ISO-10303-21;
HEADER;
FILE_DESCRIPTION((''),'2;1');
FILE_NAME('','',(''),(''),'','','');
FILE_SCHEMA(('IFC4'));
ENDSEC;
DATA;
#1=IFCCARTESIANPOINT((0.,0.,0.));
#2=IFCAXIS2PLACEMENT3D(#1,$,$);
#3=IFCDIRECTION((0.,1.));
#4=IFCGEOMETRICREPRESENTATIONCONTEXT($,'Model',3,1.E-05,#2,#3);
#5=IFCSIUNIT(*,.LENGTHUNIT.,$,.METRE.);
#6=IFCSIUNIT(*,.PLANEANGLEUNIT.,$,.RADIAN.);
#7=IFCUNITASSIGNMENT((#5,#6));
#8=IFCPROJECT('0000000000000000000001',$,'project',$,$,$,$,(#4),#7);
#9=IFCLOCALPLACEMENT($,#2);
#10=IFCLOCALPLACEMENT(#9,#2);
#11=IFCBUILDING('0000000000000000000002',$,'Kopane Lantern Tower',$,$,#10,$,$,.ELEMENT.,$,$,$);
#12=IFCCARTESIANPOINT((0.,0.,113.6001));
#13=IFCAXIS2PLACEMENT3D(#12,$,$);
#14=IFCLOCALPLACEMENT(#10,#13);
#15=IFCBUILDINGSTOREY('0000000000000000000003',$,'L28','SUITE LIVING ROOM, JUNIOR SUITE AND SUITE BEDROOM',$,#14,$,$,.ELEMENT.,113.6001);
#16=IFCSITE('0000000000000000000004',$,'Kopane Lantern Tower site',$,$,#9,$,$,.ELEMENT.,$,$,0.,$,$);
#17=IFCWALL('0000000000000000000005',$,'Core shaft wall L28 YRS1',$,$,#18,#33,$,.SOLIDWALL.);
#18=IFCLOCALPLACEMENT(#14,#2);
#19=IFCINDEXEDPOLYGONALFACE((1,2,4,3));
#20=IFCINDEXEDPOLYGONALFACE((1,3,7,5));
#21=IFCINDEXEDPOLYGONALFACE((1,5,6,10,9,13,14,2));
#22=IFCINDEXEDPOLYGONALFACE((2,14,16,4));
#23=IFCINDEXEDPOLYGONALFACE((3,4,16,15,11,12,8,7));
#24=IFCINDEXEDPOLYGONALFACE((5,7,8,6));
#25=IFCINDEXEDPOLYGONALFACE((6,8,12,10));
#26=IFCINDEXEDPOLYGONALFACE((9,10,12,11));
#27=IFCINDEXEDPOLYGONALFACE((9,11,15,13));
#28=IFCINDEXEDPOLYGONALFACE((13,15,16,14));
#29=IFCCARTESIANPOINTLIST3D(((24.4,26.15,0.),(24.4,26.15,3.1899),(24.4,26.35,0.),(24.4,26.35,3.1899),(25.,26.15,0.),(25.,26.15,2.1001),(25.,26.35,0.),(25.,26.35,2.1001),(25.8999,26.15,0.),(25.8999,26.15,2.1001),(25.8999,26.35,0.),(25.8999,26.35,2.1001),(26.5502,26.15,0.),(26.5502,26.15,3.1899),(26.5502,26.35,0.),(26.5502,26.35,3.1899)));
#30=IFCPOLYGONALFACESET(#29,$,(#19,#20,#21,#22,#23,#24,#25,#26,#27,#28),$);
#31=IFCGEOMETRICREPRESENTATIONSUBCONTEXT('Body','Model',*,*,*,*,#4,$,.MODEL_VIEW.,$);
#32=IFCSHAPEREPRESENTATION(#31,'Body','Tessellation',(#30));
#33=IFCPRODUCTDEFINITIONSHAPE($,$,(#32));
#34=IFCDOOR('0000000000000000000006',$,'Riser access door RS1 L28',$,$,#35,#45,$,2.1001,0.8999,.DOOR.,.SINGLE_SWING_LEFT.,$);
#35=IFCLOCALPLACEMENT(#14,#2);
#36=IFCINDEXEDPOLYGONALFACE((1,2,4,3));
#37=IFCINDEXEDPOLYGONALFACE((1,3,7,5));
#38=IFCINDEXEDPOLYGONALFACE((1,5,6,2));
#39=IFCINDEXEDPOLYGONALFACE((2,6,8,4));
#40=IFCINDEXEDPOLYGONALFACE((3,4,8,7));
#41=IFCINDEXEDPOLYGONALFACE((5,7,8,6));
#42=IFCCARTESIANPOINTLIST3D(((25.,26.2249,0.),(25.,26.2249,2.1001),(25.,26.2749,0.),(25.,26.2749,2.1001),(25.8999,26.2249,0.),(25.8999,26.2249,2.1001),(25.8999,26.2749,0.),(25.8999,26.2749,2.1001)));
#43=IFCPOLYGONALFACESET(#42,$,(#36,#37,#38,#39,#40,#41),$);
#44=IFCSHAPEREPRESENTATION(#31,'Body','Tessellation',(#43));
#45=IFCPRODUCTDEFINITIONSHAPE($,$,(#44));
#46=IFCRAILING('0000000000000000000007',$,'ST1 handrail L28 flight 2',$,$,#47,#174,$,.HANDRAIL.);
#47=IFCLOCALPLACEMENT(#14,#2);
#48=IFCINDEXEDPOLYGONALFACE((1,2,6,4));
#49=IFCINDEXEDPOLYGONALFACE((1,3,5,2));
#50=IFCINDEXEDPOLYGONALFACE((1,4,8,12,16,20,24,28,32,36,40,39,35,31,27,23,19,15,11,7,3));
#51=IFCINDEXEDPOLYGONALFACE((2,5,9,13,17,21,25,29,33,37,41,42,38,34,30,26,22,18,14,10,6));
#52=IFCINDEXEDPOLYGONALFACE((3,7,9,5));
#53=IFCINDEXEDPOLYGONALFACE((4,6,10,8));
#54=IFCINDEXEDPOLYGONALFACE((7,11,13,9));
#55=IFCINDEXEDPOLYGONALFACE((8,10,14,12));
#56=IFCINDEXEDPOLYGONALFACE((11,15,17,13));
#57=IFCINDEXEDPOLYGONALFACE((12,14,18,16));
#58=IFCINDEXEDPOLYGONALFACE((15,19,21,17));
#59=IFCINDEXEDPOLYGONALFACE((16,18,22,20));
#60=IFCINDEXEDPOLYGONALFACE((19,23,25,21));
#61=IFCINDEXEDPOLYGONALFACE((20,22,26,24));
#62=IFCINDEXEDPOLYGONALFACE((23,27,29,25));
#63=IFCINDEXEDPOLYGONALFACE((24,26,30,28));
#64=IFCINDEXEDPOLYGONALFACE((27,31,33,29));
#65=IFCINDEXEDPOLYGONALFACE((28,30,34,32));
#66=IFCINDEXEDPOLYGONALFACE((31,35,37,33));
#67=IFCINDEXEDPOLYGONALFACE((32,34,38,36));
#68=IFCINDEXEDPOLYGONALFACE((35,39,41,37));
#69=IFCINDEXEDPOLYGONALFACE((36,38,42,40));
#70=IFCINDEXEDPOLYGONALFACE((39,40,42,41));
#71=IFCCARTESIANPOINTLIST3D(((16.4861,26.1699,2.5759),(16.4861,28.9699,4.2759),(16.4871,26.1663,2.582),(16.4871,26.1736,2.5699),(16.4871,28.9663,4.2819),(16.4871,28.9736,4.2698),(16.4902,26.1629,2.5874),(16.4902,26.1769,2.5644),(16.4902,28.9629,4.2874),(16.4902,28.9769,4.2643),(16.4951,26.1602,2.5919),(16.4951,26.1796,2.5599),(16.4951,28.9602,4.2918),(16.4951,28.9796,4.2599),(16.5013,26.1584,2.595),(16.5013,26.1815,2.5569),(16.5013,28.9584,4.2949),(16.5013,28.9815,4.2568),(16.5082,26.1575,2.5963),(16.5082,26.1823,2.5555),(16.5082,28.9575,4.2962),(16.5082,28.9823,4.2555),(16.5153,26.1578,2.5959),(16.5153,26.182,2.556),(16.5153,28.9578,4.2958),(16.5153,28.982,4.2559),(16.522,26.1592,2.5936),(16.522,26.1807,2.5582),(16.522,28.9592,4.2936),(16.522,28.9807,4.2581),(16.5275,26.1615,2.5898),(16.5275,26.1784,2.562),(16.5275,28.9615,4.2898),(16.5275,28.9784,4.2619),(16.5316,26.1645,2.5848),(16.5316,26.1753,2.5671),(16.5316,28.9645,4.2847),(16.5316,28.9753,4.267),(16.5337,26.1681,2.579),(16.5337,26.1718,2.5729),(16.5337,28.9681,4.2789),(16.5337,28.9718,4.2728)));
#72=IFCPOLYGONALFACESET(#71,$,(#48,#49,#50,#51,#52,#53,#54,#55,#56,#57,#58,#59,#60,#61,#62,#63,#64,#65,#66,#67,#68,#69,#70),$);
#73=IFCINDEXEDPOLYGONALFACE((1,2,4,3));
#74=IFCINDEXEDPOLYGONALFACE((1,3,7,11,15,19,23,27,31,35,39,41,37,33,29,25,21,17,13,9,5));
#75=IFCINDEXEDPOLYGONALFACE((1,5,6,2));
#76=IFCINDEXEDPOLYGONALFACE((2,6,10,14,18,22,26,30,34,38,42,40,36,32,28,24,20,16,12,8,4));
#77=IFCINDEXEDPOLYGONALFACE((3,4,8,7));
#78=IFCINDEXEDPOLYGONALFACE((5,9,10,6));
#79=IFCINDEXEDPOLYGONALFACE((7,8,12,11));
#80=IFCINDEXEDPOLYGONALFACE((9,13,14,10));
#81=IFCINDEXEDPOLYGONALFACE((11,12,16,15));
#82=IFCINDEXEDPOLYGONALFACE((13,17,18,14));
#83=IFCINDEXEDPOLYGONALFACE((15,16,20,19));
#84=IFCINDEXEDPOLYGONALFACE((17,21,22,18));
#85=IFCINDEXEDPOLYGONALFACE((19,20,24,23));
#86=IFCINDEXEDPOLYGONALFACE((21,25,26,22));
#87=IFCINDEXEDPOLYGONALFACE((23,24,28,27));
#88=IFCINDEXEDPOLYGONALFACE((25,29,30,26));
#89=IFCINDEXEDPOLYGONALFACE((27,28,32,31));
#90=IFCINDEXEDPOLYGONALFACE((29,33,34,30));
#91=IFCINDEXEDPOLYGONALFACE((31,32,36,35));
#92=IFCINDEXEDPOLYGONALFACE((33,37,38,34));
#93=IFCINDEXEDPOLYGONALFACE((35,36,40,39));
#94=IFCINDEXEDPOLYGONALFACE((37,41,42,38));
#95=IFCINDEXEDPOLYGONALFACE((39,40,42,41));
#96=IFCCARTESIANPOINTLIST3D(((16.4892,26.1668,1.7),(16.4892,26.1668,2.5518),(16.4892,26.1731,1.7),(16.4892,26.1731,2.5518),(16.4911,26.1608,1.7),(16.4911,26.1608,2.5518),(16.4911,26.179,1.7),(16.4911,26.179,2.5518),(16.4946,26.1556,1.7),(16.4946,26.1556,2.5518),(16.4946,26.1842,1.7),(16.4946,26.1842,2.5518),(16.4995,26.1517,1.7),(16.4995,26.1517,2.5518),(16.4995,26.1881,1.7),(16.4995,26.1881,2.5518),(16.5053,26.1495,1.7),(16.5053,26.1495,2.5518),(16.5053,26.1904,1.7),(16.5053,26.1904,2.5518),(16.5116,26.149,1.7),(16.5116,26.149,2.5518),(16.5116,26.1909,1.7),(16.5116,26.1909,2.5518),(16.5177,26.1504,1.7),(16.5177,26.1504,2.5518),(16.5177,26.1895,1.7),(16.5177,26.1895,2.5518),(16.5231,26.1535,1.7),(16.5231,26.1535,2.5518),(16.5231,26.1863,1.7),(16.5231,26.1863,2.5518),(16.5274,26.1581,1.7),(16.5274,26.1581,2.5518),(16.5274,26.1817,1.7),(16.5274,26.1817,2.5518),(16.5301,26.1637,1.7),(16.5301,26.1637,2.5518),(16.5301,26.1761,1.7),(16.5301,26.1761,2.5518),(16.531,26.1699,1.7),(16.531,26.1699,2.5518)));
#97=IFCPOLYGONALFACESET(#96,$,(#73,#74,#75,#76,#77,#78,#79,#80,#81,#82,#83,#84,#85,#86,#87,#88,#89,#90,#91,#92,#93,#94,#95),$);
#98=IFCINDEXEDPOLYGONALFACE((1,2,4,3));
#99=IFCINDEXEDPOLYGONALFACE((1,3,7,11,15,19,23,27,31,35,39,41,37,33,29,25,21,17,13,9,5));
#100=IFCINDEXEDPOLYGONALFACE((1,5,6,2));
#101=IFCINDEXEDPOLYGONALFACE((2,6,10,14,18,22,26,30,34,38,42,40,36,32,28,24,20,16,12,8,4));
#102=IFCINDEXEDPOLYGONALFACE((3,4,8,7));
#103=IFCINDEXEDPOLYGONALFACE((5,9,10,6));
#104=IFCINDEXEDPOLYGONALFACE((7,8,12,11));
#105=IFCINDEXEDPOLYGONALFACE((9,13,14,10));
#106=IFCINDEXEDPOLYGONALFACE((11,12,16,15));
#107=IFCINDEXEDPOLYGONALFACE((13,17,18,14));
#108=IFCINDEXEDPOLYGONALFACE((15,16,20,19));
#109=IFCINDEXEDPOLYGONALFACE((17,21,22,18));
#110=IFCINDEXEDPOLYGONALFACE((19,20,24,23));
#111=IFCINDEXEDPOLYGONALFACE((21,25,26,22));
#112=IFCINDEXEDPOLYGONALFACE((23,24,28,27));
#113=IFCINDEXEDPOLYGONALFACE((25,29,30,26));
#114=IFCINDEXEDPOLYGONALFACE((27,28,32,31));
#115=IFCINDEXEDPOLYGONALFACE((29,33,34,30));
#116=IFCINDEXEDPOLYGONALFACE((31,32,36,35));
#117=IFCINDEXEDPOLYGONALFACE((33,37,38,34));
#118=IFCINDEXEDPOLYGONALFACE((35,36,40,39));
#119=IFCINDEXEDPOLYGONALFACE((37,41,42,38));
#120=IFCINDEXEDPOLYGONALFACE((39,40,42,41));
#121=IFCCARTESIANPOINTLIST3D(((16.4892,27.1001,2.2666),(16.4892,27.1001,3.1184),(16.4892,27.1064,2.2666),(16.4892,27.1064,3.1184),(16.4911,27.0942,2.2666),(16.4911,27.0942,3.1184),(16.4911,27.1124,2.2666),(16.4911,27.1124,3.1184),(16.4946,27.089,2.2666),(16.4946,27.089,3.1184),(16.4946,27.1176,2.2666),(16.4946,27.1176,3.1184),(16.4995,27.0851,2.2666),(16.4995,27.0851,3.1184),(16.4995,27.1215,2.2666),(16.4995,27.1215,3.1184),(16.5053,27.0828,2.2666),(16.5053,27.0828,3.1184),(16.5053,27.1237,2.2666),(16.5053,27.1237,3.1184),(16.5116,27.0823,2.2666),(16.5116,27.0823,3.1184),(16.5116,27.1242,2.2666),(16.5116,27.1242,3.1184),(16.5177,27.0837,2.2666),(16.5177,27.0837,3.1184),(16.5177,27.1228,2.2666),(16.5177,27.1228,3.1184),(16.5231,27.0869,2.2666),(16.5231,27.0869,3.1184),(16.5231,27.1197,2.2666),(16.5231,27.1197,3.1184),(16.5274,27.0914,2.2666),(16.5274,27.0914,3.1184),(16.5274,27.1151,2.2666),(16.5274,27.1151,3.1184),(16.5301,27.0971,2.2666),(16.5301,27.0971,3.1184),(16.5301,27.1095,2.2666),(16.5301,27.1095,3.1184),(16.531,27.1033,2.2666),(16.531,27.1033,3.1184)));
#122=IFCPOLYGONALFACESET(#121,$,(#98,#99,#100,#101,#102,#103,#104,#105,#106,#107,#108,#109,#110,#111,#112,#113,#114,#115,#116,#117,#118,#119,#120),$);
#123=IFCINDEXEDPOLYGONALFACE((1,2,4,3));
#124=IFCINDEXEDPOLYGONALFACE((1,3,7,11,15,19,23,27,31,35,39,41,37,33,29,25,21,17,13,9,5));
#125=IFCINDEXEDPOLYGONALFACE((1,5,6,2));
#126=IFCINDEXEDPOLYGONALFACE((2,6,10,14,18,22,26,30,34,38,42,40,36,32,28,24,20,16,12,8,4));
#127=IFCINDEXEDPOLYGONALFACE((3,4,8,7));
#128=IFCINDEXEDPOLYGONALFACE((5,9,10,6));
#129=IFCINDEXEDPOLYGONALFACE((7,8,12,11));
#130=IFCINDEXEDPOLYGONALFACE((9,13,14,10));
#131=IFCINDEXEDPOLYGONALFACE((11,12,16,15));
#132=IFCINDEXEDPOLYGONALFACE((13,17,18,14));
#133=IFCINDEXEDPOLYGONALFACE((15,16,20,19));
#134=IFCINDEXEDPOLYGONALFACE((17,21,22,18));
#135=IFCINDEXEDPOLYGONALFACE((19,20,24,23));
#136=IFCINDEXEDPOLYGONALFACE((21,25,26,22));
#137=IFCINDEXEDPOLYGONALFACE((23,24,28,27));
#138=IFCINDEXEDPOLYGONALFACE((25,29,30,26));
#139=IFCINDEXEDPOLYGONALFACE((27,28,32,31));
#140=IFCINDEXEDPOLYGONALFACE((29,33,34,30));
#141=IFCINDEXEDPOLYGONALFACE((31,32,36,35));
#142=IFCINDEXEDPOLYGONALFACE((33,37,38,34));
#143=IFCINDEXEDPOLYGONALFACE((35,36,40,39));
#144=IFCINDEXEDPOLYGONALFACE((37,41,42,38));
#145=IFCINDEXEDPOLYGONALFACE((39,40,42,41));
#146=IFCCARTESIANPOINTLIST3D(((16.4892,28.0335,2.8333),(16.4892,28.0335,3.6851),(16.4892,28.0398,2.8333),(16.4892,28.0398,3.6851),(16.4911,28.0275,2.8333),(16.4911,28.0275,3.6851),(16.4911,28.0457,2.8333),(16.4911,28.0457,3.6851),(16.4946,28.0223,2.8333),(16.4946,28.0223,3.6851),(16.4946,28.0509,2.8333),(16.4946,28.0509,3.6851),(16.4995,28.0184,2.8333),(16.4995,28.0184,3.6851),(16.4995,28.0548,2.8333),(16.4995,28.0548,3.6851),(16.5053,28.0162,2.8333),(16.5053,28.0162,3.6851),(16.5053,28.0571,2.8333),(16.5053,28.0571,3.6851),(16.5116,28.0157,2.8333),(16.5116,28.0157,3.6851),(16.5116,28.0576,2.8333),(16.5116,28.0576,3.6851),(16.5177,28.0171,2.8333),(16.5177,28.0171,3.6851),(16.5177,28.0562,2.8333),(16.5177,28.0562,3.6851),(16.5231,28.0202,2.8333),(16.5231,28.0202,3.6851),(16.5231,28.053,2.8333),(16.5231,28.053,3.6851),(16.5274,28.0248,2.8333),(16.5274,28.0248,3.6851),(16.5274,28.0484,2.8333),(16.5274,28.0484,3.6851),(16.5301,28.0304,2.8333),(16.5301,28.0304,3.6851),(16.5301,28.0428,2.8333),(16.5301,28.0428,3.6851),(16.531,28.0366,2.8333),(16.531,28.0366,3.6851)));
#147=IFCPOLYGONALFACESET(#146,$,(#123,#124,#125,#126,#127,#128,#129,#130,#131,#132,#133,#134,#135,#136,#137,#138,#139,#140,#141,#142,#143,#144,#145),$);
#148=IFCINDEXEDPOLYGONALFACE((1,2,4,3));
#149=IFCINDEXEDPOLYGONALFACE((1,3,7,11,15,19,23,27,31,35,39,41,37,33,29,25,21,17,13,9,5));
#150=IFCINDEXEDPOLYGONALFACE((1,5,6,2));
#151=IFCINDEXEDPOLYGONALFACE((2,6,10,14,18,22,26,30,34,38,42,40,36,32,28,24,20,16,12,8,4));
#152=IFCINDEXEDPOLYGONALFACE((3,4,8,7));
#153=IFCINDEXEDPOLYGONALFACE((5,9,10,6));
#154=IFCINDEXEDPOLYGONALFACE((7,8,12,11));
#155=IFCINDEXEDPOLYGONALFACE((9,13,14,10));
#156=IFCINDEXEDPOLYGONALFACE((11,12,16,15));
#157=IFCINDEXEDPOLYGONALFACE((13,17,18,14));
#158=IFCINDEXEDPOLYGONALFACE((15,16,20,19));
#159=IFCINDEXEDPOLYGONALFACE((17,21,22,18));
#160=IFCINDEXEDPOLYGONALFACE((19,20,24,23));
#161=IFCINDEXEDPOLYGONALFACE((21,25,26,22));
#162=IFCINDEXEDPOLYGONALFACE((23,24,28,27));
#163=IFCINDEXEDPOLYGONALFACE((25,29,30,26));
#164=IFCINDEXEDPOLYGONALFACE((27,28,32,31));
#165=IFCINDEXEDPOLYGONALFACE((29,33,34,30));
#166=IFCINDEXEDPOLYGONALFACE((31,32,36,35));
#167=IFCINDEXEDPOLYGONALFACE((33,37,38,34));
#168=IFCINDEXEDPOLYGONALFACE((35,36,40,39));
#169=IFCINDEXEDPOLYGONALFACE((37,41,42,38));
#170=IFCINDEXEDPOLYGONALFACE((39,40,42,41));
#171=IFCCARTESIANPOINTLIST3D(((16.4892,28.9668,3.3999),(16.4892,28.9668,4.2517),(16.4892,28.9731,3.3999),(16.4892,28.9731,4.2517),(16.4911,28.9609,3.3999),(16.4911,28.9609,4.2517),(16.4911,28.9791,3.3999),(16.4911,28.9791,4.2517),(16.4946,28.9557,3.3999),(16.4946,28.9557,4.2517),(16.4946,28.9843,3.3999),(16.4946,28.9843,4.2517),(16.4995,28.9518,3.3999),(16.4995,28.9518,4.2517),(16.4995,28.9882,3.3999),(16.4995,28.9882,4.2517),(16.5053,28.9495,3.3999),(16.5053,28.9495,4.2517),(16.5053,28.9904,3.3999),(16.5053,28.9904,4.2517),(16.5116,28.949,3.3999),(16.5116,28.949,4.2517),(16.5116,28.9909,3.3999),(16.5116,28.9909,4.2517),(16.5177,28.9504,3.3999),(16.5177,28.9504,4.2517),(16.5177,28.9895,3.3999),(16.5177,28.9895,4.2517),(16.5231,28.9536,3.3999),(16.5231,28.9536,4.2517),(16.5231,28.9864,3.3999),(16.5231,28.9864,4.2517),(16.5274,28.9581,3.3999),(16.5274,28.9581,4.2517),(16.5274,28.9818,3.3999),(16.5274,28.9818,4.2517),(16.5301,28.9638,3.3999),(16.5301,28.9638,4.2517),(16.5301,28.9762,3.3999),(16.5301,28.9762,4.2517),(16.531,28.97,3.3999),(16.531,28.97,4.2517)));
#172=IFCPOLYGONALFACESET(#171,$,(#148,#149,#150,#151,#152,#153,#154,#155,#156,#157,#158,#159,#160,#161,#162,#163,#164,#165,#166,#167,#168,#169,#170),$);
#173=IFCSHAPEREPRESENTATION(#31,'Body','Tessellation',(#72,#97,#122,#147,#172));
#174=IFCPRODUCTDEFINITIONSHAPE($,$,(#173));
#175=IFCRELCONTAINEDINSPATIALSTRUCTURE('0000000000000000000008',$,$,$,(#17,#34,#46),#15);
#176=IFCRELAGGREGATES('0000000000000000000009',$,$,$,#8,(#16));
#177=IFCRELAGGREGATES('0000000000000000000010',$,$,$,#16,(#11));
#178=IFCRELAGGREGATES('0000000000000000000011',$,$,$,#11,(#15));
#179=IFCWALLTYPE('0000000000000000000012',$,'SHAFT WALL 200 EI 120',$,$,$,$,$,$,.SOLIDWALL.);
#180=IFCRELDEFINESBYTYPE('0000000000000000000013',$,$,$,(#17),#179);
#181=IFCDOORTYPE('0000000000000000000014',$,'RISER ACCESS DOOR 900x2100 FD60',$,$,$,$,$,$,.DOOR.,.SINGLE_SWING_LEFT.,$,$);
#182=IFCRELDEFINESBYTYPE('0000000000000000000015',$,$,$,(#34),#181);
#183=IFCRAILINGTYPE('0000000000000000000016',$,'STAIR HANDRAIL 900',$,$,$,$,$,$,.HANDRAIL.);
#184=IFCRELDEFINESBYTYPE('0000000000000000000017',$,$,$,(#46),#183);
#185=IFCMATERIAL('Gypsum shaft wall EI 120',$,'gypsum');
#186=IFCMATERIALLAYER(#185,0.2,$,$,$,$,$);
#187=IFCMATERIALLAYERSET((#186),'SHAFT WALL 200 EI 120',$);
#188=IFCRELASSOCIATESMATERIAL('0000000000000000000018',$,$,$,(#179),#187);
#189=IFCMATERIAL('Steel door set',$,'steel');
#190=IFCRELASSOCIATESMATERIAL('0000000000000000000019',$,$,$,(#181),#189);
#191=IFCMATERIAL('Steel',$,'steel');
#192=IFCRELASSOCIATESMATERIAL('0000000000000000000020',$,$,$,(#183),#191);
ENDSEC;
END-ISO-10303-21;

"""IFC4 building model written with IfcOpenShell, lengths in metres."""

from ifc_helpers import new_model, si_unit, direction, frame, frame_2d, origin, origin_2d, place, context, subcontext, project, spatial, rectangle, circle, extrude, material, layer, layer_set, type_object, element, fill, save


model = new_model("IFC4")

# Units and contexts
model_context = context("Model", 3, precision=1e-05, world=origin(), true_north=direction((0.0, 1.0)))
body_context = subcontext(model_context, "Body", "Model", "MODEL_VIEW")
ifc_project = project(units=[si_unit("LENGTHUNIT", "METRE"), si_unit("PLANEANGLEUNIT", "RADIAN")], contexts=[model_context])

# Site, building, storey
site_placement = place(None, origin())
site = spatial("IfcSite", under=ifc_project, at=site_placement, Name="Kopane Lantern Tower site", CompositionType="ELEMENT", RefElevation=0.0)
building_placement = place(site_placement, origin())
building = spatial("IfcBuilding", under=site, at=building_placement, Name="Kopane Lantern Tower", CompositionType="ELEMENT")
storey_placement = place(building_placement, frame((0.0, 0.0, 113.6001)))
storey = spatial("IfcBuildingStorey", under=building, at=storey_placement, Name="L28", Description="SUITE LIVING ROOM, JUNIOR SUITE AND SUITE BEDROOM", CompositionType="ELEMENT", Elevation=113.6001)

# Shared definitions
ifc_material_1 = material(Name="Gypsum shaft wall EI 120", Category="gypsum")
ifc_layer_1 = layer(ifc_material_1, 0.2)
ifc_layer_set_1 = layer_set([ifc_layer_1], Name="SHAFT WALL 200 EI 120")
wall_type_1 = type_object("IfcWallType", Name="SHAFT WALL 200 EI 120", PredefinedType="SOLIDWALL", material=ifc_layer_set_1)

# Wall, opening, door
wall_1_placement = place(storey_placement, frame((24.3999, 26.25, 0.0), z_axis=(0.0, 0.0, 1.0), x_axis=(1.0, 0.0, 0.0)))
wall_1 = element("IfcWall", 1, at=wall_1_placement, inside=storey, type_object=wall_type_1, Name="Core shaft wall L28 YRS1", PredefinedType="SOLIDWALL", context=body_context, shape_type="SweptSolid", body=[
    extrude(rectangle(XDim=2.1501, YDim=0.2, at=frame_2d((1.0752, 0.0))), origin(), (0.0, 0.0, 1.0), 3.1899),
])
opening_1_placement = place(wall_1_placement, frame((0.6001, 0.0, 0.0)))
opening_1 = element("IfcOpeningElement", 2, at=opening_1_placement, cuts=wall_1, PredefinedType="OPENING", context=body_context, shape_type="SweptSolid", body=[
    extrude(rectangle(XDim=0.8999, YDim=2.1001, at=frame_2d((0.45, 1.05))), frame((0.0, 0.1099, 0.0), z_axis=(0.0, -1.0, 0.0), x_axis=(1.0, 0.0, 0.0)), (0.0, 0.0, 1.0), 0.22),
])
ifc_material_2 = material(Name="Steel door set", Category="steel")
door_type_1 = type_object("IfcDoorType", Name="RISER ACCESS DOOR 900x2100 FD60", OperationType="SINGLE_SWING_LEFT", PredefinedType="DOOR", material=ifc_material_2)
door_1_placement = place(opening_1_placement, origin())
door_1 = element("IfcDoor", 3, at=door_1_placement, inside=storey, type_object=door_type_1, Name="Riser access door RS1 L28", OperationType="SINGLE_SWING_LEFT", OverallHeight=2.1001, OverallWidth=0.8999, PredefinedType="DOOR", context=body_context, shape_type="SweptSolid", body=[
    extrude(rectangle(XDim=0.8999, YDim=2.1001, at=frame_2d((0.45, 1.05))), frame((0.0, 0.0249, 0.0), z_axis=(0.0, -1.0, 0.0), x_axis=(1.0, 0.0, 0.0)), (0.0, 0.0, 1.0), 0.05),
])
fill(opening_1, door_1)

# Railing
ifc_material_3 = material(Name="Steel", Category="steel")
railing_type = type_object("IfcRailingType", Name="STAIR HANDRAIL 900", PredefinedType="HANDRAIL", material=ifc_material_3)
for number, where, name in (
    (4, (16.51, 26.1699, 1.7), "ST1 handrail L28 flight 2"),
):
    element("IfcRailing", number, at=place(storey_placement, frame(where)), inside=storey, type_object=railing_type, Name=name, PredefinedType="HANDRAIL", context=body_context, shape_type="SweptSolid", body=[
        extrude(circle(Radius=0.0239, at=origin_2d()), frame((0.0, 0.0, 0.876), z_axis=(0.0, 0.854798, 0.518961), x_axis=(-1.0, 0.0, 0.0)), (0.0, 0.0, 1.0), 3.2756),
        extrude(circle(Radius=0.021, at=origin_2d()), origin(), (0.0, 0.0, 1.0), 0.8518),
        extrude(circle(Radius=0.021, at=origin_2d()), frame((0.0, 0.9333, 0.5667)), (0.0, 0.0, 1.0), 0.8518),
        extrude(circle(Radius=0.021, at=origin_2d()), frame((0.0, 1.8667, 1.1333)), (0.0, 0.0, 1.0), 0.8518),
        extrude(circle(Radius=0.021, at=origin_2d()), frame((0.0, 2.8, 1.7)), (0.0, 0.0, 1.0), 0.8518),
    ])

save(model, "model.ifc")
